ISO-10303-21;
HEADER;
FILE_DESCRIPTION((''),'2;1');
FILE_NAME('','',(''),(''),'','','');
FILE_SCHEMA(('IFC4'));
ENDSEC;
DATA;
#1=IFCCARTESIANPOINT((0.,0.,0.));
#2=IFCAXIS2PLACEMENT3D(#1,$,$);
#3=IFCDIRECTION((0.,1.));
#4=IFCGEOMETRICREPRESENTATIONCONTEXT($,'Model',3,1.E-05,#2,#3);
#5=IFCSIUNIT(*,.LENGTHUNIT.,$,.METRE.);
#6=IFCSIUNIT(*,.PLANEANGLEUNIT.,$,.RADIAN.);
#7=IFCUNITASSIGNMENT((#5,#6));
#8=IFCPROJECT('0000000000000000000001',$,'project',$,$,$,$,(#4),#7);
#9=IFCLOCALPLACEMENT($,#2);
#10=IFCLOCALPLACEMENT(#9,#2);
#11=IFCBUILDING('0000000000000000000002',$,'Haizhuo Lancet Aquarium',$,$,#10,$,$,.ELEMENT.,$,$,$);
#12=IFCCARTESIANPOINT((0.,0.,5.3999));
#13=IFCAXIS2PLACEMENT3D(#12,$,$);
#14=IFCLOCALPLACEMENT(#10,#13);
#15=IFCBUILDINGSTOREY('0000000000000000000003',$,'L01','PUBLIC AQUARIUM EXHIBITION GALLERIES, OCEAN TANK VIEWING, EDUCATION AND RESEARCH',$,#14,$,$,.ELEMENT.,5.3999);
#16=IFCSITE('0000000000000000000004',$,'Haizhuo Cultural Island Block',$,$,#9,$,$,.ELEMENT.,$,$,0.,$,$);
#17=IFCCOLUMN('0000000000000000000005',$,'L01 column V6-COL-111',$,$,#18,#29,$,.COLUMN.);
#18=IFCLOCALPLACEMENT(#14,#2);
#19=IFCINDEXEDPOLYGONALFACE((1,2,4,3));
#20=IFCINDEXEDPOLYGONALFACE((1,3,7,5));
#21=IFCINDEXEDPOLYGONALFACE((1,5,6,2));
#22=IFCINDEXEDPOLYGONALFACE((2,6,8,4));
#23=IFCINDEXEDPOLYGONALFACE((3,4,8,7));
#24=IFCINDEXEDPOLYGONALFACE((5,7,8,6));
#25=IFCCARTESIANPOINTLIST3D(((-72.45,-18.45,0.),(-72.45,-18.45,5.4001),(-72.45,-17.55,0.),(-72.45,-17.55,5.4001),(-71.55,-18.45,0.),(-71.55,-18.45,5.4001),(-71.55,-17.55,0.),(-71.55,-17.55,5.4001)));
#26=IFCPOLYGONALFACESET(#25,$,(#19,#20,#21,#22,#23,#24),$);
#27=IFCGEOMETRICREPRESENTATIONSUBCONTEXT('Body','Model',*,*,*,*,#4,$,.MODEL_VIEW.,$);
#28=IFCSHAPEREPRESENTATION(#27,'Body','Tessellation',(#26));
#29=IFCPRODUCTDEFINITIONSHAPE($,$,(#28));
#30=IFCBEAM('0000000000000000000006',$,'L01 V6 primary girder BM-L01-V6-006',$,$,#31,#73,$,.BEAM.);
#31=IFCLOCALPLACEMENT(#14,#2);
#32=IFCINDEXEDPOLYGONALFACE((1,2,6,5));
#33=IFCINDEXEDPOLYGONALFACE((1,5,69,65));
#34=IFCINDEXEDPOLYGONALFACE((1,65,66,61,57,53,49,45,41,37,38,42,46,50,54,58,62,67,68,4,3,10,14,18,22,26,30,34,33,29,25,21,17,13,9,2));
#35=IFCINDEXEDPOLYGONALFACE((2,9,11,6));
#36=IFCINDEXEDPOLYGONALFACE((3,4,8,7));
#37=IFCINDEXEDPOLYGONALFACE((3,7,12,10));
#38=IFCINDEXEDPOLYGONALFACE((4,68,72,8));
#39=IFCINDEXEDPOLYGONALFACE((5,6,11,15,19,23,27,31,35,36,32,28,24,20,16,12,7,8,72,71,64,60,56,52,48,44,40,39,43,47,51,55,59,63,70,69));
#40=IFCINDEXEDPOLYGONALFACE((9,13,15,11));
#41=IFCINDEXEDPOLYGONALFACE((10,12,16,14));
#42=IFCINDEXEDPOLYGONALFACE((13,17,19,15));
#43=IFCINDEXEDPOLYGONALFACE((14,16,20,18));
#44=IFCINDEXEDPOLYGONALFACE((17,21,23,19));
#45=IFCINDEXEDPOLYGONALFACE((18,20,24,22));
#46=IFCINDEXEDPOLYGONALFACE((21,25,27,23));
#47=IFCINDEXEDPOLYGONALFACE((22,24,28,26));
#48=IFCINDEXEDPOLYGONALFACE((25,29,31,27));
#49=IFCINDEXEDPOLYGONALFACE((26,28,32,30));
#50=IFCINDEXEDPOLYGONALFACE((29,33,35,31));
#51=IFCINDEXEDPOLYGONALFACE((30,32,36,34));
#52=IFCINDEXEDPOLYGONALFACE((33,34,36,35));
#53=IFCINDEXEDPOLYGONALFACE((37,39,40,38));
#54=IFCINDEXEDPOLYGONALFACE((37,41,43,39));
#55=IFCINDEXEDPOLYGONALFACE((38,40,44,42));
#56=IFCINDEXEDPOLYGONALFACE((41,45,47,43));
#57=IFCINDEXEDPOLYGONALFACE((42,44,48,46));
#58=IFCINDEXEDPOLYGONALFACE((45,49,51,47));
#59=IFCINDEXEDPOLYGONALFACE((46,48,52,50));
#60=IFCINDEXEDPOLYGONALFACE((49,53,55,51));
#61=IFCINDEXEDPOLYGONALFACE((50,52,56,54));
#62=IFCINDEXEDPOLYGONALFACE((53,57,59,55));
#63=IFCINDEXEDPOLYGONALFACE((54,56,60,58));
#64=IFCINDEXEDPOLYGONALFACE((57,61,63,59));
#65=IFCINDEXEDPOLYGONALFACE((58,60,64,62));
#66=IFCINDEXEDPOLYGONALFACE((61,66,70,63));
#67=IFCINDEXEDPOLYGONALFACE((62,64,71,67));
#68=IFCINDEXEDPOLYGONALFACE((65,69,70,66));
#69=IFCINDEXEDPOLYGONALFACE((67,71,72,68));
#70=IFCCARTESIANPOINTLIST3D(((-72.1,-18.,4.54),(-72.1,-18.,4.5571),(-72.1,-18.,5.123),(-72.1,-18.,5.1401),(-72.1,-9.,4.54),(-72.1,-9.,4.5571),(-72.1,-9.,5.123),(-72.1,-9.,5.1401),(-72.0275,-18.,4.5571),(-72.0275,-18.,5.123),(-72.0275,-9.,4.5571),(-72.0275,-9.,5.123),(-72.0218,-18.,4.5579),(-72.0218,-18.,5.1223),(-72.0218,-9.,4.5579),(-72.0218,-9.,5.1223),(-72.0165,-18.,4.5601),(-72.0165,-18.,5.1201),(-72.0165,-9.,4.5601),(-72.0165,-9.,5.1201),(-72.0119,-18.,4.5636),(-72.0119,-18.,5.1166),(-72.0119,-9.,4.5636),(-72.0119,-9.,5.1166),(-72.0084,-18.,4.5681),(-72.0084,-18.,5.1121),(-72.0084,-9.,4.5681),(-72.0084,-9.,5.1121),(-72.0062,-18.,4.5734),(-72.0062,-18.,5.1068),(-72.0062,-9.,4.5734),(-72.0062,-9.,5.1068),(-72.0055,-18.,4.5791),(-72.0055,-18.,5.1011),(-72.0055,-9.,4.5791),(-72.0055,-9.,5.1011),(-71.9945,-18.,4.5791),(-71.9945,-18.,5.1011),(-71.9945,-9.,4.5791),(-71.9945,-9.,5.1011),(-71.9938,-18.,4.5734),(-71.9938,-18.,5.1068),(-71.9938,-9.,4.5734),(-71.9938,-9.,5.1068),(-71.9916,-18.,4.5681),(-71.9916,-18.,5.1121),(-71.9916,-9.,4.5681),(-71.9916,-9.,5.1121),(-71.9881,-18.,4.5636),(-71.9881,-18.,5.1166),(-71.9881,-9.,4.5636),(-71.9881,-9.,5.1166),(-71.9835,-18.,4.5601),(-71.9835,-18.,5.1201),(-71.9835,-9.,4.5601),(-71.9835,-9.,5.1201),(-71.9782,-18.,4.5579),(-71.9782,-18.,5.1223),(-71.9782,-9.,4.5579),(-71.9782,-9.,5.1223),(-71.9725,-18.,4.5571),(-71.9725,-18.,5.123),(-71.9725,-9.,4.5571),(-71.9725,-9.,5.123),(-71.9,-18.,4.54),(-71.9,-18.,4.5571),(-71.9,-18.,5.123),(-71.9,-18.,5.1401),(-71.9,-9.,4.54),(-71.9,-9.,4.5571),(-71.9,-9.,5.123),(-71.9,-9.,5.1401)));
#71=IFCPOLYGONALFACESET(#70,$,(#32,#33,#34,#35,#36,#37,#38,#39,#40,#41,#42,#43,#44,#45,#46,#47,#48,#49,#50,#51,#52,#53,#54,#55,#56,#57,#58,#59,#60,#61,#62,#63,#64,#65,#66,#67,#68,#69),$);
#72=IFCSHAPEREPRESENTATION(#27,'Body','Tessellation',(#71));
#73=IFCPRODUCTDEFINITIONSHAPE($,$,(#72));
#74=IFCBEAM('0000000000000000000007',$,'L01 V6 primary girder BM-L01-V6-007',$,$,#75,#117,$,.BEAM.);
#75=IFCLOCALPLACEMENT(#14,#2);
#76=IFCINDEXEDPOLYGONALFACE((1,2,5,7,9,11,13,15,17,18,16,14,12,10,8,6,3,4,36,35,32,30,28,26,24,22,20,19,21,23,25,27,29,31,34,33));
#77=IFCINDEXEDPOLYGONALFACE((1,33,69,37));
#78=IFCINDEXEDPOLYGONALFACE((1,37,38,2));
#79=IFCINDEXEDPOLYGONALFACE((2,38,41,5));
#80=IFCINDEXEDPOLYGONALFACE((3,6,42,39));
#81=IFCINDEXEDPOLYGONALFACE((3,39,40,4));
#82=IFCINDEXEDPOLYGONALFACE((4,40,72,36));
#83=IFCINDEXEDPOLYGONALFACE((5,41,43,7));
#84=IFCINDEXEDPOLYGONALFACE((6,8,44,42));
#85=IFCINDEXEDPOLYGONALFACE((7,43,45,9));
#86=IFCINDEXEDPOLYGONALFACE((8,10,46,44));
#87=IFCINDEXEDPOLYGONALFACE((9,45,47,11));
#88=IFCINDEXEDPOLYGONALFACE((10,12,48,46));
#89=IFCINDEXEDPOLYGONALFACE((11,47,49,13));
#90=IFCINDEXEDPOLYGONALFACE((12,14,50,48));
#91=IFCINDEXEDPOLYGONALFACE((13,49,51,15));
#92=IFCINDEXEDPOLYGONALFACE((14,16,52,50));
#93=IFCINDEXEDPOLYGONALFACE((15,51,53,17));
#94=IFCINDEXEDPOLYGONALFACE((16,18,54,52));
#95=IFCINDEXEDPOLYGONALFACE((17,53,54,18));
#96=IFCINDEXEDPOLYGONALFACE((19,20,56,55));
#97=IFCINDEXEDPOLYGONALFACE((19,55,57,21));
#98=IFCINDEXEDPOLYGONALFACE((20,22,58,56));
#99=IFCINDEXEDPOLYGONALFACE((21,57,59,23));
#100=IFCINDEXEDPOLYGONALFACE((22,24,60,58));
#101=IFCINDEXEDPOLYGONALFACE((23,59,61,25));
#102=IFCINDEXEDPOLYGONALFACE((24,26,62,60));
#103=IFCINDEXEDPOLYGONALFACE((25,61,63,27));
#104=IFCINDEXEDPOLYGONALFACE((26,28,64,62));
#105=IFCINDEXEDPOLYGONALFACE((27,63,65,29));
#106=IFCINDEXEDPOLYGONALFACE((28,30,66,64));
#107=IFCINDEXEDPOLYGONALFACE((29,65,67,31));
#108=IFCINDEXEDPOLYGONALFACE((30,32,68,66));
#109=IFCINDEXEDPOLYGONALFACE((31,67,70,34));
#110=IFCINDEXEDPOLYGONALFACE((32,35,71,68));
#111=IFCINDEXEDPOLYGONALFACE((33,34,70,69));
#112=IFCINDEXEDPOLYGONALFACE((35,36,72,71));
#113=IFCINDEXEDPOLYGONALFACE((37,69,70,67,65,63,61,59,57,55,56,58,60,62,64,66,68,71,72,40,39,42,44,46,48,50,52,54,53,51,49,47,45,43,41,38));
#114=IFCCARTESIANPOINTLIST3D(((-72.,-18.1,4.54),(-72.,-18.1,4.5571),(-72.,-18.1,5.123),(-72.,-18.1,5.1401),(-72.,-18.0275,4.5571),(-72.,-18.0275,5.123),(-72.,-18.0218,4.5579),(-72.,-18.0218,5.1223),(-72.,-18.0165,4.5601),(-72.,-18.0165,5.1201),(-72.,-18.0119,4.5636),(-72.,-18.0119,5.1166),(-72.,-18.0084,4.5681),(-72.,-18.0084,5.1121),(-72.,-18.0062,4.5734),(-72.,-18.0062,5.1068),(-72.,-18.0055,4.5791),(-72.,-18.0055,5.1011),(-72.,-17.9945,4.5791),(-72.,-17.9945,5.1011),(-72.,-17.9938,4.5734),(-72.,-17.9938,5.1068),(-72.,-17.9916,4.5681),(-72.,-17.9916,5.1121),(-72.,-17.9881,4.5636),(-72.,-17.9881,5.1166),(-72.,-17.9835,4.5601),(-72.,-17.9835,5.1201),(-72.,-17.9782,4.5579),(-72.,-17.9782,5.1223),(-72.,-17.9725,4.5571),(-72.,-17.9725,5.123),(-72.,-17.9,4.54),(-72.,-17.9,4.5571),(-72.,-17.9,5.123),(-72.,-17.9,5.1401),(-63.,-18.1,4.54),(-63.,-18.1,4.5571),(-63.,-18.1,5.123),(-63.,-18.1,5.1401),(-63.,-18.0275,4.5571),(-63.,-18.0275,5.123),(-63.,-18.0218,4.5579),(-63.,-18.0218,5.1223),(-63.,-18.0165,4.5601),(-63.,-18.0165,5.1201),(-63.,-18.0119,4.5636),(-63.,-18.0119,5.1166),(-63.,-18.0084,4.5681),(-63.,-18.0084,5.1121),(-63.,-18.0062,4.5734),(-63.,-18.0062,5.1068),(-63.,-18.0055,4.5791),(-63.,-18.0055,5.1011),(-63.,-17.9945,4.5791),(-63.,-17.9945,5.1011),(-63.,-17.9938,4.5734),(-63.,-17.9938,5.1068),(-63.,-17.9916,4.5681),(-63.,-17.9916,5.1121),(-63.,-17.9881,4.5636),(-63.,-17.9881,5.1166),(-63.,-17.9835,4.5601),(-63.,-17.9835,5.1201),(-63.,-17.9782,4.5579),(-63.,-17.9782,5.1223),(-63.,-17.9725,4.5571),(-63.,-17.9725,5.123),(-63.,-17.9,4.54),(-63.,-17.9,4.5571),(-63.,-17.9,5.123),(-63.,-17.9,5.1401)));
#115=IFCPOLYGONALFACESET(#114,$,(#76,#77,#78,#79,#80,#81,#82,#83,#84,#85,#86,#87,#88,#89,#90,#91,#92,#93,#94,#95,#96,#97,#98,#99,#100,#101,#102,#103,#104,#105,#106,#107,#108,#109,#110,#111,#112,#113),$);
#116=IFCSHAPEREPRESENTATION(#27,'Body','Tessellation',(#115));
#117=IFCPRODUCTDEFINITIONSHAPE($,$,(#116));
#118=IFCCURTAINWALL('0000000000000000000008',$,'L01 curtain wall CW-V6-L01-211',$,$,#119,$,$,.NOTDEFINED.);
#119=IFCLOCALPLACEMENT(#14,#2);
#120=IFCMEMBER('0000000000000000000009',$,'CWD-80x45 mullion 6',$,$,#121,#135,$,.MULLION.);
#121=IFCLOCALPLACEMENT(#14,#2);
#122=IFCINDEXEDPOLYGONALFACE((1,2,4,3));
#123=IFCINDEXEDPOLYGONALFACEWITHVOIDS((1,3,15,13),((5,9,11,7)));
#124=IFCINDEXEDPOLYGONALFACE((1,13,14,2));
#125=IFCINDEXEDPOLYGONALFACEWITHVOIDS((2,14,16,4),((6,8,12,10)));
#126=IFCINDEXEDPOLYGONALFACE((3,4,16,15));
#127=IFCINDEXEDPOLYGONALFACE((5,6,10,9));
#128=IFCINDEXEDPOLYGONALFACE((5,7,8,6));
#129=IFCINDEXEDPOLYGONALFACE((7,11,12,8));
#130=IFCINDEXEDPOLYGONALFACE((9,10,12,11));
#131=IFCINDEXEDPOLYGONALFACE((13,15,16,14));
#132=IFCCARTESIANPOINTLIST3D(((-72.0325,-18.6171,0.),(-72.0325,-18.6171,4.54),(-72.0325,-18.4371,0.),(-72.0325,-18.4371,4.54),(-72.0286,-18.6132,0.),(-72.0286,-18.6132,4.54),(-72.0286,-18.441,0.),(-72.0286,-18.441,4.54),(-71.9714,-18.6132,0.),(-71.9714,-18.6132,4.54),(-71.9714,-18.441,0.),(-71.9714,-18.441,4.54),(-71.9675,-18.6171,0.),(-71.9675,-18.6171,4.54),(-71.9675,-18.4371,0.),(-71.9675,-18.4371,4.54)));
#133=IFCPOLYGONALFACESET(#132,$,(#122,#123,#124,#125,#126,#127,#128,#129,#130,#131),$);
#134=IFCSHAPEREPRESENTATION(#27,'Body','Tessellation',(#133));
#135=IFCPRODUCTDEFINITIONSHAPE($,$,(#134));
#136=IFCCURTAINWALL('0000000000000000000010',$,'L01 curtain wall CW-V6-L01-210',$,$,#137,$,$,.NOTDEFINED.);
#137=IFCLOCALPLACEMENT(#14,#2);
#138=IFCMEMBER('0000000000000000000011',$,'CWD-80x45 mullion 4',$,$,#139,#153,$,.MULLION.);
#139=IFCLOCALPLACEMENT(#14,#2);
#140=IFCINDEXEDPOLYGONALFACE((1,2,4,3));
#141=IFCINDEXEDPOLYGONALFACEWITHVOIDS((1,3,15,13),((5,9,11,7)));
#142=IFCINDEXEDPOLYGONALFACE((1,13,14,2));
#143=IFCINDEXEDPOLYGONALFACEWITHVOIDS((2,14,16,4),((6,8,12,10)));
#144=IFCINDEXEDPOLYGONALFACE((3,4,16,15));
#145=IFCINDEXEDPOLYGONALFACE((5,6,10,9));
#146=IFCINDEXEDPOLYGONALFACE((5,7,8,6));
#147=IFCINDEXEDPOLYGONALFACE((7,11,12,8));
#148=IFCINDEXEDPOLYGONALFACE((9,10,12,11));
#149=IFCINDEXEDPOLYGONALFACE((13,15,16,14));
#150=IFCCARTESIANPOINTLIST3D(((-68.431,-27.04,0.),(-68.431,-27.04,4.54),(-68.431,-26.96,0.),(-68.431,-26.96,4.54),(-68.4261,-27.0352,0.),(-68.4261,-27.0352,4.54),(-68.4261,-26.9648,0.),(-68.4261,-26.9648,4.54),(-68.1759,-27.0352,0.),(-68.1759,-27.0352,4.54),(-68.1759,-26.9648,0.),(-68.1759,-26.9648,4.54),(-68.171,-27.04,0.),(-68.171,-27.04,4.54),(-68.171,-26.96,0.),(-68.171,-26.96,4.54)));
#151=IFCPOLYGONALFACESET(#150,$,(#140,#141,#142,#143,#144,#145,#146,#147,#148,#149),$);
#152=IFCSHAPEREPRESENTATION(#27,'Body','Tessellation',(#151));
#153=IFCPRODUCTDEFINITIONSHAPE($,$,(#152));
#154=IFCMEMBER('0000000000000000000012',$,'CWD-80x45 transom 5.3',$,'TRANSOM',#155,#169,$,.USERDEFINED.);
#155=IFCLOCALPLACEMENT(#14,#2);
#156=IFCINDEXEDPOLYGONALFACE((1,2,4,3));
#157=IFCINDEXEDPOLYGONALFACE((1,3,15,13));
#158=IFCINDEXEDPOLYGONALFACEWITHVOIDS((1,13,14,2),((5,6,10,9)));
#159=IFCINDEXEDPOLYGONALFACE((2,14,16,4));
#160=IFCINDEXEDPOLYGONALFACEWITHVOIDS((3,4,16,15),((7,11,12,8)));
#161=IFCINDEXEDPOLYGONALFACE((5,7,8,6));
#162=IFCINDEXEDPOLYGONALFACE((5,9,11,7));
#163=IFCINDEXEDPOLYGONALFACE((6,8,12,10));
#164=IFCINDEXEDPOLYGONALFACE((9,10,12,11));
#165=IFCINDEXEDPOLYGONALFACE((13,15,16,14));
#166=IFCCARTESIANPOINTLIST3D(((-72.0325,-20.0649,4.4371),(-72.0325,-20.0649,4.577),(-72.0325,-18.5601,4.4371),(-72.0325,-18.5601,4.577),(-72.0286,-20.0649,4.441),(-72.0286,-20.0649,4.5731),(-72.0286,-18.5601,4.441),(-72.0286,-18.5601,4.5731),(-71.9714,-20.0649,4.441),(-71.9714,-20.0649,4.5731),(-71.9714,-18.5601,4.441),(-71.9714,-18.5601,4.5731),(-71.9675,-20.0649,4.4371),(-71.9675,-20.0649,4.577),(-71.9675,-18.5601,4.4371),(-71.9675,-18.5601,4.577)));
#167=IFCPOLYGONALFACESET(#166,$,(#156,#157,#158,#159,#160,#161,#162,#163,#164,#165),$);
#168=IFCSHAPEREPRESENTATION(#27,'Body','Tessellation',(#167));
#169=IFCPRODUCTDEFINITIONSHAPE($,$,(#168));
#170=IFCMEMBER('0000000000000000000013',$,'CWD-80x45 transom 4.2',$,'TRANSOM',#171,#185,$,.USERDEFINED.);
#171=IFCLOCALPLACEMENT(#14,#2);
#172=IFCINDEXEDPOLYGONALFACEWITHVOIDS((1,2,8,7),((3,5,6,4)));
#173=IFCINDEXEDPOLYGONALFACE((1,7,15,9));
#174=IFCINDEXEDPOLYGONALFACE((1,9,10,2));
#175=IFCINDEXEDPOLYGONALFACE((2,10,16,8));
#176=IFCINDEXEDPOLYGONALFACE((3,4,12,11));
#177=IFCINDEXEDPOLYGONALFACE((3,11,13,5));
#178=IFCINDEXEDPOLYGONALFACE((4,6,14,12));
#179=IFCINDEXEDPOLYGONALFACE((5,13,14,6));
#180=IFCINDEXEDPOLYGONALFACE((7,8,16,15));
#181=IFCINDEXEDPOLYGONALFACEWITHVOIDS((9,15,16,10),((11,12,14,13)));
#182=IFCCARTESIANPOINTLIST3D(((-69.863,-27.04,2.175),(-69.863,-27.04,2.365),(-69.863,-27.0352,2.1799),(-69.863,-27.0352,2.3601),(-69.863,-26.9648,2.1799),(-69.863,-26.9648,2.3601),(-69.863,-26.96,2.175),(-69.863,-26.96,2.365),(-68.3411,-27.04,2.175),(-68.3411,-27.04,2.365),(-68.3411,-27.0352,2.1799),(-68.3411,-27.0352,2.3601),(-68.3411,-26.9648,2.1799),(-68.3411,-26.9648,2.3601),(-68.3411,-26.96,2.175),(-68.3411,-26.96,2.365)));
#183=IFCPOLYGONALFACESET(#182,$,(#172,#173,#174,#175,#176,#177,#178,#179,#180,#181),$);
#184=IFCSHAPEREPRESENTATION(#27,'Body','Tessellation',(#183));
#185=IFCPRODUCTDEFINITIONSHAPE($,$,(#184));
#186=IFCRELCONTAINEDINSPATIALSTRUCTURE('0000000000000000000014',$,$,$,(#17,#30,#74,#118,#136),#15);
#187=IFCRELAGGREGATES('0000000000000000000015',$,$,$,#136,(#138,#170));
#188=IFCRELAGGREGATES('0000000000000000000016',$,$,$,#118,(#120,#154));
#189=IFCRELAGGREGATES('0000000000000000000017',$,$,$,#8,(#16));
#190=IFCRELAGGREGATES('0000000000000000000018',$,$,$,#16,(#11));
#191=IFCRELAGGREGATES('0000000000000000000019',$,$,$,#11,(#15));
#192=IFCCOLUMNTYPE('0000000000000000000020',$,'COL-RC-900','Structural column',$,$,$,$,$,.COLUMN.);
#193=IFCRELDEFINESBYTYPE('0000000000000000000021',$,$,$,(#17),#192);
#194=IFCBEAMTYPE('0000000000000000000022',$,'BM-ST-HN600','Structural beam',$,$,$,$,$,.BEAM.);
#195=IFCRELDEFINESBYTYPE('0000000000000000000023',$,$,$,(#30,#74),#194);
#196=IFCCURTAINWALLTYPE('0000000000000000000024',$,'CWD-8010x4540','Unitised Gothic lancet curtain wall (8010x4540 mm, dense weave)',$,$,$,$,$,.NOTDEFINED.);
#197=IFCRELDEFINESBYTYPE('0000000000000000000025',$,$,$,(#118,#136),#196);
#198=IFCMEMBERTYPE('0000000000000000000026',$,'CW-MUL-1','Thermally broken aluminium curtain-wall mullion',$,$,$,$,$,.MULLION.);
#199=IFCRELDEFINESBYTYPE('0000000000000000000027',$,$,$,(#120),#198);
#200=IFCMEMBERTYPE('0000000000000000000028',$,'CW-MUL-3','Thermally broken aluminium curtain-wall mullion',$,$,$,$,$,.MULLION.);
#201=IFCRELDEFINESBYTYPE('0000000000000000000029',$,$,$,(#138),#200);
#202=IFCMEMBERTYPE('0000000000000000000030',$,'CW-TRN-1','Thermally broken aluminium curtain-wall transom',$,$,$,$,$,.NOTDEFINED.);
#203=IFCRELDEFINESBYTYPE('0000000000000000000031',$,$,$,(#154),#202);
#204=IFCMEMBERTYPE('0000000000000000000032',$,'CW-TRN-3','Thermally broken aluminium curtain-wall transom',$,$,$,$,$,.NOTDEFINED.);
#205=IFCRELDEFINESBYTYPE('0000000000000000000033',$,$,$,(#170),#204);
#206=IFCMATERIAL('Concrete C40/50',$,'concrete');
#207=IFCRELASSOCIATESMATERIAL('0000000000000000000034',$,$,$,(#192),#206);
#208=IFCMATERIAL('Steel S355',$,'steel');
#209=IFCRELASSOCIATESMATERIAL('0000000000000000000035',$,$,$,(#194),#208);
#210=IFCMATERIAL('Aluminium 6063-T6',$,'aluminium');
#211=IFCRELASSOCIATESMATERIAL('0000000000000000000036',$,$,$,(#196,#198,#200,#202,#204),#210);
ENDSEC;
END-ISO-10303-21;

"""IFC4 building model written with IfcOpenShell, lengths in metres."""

from ifc_helpers import new_model, si_unit, direction, frame, origin, origin_2d, place, context, subcontext, project, spatial, rectangle, hollow_rectangle, i_section, extrude, material, material_profile, profile_set, type_object, element, aggregate, save


model = new_model("IFC4")

# Units and contexts
model_context = context("Model", 3, precision=1e-05, world=origin(), true_north=direction((0.0, 1.0)))
body_context = subcontext(model_context, "Body", "Model", "MODEL_VIEW")
ifc_project = project(units=[si_unit("LENGTHUNIT", "METRE"), si_unit("PLANEANGLEUNIT", "RADIAN")], contexts=[model_context])

# Site, building, storey
site_placement = place(None, origin())
site = spatial("IfcSite", under=ifc_project, at=site_placement, Name="Haizhuo Cultural Island Block", CompositionType="ELEMENT", RefElevation=0.0)
building_placement = place(site_placement, origin())
building = spatial("IfcBuilding", under=site, at=building_placement, Name="Haizhuo Lancet Aquarium", CompositionType="ELEMENT")
storey_placement = place(building_placement, frame((0.0, 0.0, 5.3999)))
storey = spatial("IfcBuildingStorey", under=building, at=storey_placement, Name="L01", Description="PUBLIC AQUARIUM EXHIBITION GALLERIES, OCEAN TANK VIEWING, EDUCATION AND RESEARCH", CompositionType="ELEMENT", Elevation=5.3999)

# Column
ifc_material_1 = material(Name="Concrete C40/50", Category="concrete")
ifc_material_profile_1 = material_profile(ifc_material_1, rectangle(XDim=0.8999, YDim=0.8999, at=origin_2d()), Name="RC-COL 900x900")
ifc_profile_set_1 = profile_set([ifc_material_profile_1], Name="Concrete C40/50")
column_type = type_object("IfcColumnType", Name="COL-RC-900", Description="Structural column", PredefinedType="COLUMN", material=ifc_profile_set_1)
column_placement = place(storey_placement, frame((-72.0, -18.0, 0.0), z_axis=(0.0, 0.0, 1.0), x_axis=(1.0, 0.0, 0.0)))
element("IfcColumn", 1, at=column_placement, inside=storey, type_object=column_type, Name="L01 column V6-COL-111", PredefinedType="COLUMN", context=body_context, shape_type="SweptSolid", body=[
    extrude(rectangle(XDim=0.8999, YDim=0.8999, at=origin_2d()), origin(), (0.0, 0.0, 1.0), 5.4001),
])

# Beams
ifc_material_2 = material(Name="Steel S355", Category="steel")
ifc_material_profile_2 = material_profile(ifc_material_2, i_section(OverallWidth=0.2, OverallDepth=0.6001, WebThickness=0.011, FlangeThickness=0.0171, FilletRadius=0.022, at=origin_2d()), Name="HN 600x200x11x17")
ifc_profile_set_2 = profile_set([ifc_material_profile_2], Name="Steel S355")
beam_type_1 = type_object("IfcBeamType", Name="BM-ST-HN600", Description="Structural beam", PredefinedType="BEAM", material=ifc_profile_set_2)
for number, where, z_axis, x_axis, name in (
    (2, (-72.0, -18.0, 4.8401), (0.0, 1.0, 0.0), (-1.0, 0.0, 0.0), "L01 V6 primary girder BM-L01-V6-006"),
    (3, (-72.0, -18.0, 4.8401), (1.0, 0.0, 0.0), (0.0, 1.0, 0.0), "L01 V6 primary girder BM-L01-V6-007"),
):
    element("IfcBeam", number, at=place(storey_placement, frame(where, z_axis=z_axis, x_axis=x_axis)), inside=storey, type_object=beam_type_1, Name=name, PredefinedType="BEAM", context=body_context, shape_type="SweptSolid", body=[
        extrude(i_section(OverallWidth=0.2, OverallDepth=0.6001, WebThickness=0.011, FlangeThickness=0.0171, FilletRadius=0.022, at=origin_2d()), origin(), (0.0, 0.0, 1.0), 9.0),
    ])

# Curtain walls, members
ifc_material_3 = material(Name="Aluminium 6063-T6", Category="aluminium")
curtain_wall_type = type_object("IfcCurtainWallType", Name="CWD-8010x4540", Description="Unitised Gothic lancet curtain wall (8010x4540 mm, dense weave)", PredefinedType="NOTDEFINED", material=ifc_material_3)
curtain_wall_1_placement = place(storey_placement, origin())
curtain_wall_1 = element("IfcCurtainWall", 4, at=curtain_wall_1_placement, inside=storey, type_object=curtain_wall_type, Name="L01 curtain wall CW-V6-L01-211", PredefinedType="NOTDEFINED")
ifc_material_profile_3 = material_profile(ifc_material_3, hollow_rectangle(XDim=0.0649, YDim=0.1799, WallThickness=0.0039, at=origin_2d()), Name="ALU-M 65x180x4")
ifc_profile_set_3 = profile_set([ifc_material_profile_3], Name="Aluminium 6063-T6")
member_type_1 = type_object("IfcMemberType", Name="CW-MUL-1", Description="Thermally broken aluminium curtain-wall mullion", PredefinedType="MULLION", material=ifc_profile_set_3)
member_1_placement = place(storey_placement, frame((-72.0, -18.5271, 0.0), z_axis=(0.0, 0.0, 1.0), x_axis=(-1.0, 0.0, 0.0)))
member_1 = element("IfcMember", 5, at=member_1_placement, type_object=member_type_1, Name="CWD-80x45 mullion 6", PredefinedType="MULLION", context=body_context, shape_type="SweptSolid", body=[
    extrude(hollow_rectangle(XDim=0.0649, YDim=0.1799, WallThickness=0.0039, at=origin_2d()), origin(), (0.0, 0.0, 1.0), 4.54),
])
curtain_wall_2_placement = place(storey_placement, origin())
curtain_wall_2 = element("IfcCurtainWall", 6, at=curtain_wall_2_placement, inside=storey, type_object=curtain_wall_type, Name="L01 curtain wall CW-V6-L01-210", PredefinedType="NOTDEFINED")
ifc_material_profile_4 = material_profile(ifc_material_3, hollow_rectangle(XDim=0.0801, YDim=0.26, WallThickness=0.0049, at=origin_2d()), Name="ALU-M 80x260x5")
ifc_profile_set_4 = profile_set([ifc_material_profile_4], Name="Aluminium 6063-T6")
member_type_2 = type_object("IfcMemberType", Name="CW-MUL-3", Description="Thermally broken aluminium curtain-wall mullion", PredefinedType="MULLION", material=ifc_profile_set_4)
member_2_placement = place(storey_placement, frame((-68.301, -27.0, 0.0), z_axis=(0.0, 0.0, 1.0), x_axis=(0.0, -1.0, 0.0)))
member_2 = element("IfcMember", 7, at=member_2_placement, type_object=member_type_2, Name="CWD-80x45 mullion 4", PredefinedType="MULLION", context=body_context, shape_type="SweptSolid", body=[
    extrude(hollow_rectangle(XDim=0.0801, YDim=0.26, WallThickness=0.0049, at=origin_2d()), origin(), (0.0, 0.0, 1.0), 4.54),
])

# Members
ifc_material_profile_5 = material_profile(ifc_material_3, hollow_rectangle(XDim=0.0649, YDim=0.1399, WallThickness=0.0039, at=origin_2d()), Name="ALU-T 65x140x4")
ifc_profile_set_5 = profile_set([ifc_material_profile_5], Name="Aluminium 6063-T6")
member_type_3 = type_object("IfcMemberType", Name="CW-TRN-1", Description="Thermally broken aluminium curtain-wall transom", PredefinedType="NOTDEFINED", material=ifc_profile_set_5)
member_3_placement = place(storey_placement, frame((-72.0, -20.0649, 4.5071), z_axis=(0.0, 1.0, 0.0), x_axis=(-1.0, 0.0, 0.0)))
member_3 = element("IfcMember", 8, at=member_3_placement, type_object=member_type_3, Name="CWD-80x45 transom 5.3", ObjectType="TRANSOM", PredefinedType="USERDEFINED", context=body_context, shape_type="SweptSolid", body=[
    extrude(hollow_rectangle(XDim=0.0649, YDim=0.1399, WallThickness=0.0039, at=origin_2d()), origin(), (0.0, 0.0, 1.0), 1.5049),
])
ifc_material_profile_6 = material_profile(ifc_material_3, hollow_rectangle(XDim=0.0801, YDim=0.1899, WallThickness=0.0049, at=origin_2d()), Name="ALU-T 80x190x5")
ifc_profile_set_6 = profile_set([ifc_material_profile_6], Name="Aluminium 6063-T6")
member_type_4 = type_object("IfcMemberType", Name="CW-TRN-3", Description="Thermally broken aluminium curtain-wall transom", PredefinedType="NOTDEFINED", material=ifc_profile_set_6)
member_4_placement = place(storey_placement, frame((-68.3411, -27.0, 2.27), z_axis=(-1.0, 0.0, 0.0), x_axis=(0.0, -1.0, 0.0)))
member_4 = element("IfcMember", 9, at=member_4_placement, type_object=member_type_4, Name="CWD-80x45 transom 4.2", ObjectType="TRANSOM", PredefinedType="USERDEFINED", context=body_context, shape_type="SweptSolid", body=[
    extrude(hollow_rectangle(XDim=0.0801, YDim=0.1899, WallThickness=0.0049, at=origin_2d()), origin(), (0.0, 0.0, 1.0), 1.522),
])
aggregate(curtain_wall_2, [member_2, member_4])

aggregate(curtain_wall_1, [member_1, member_3])

save(model, "model.ifc")
